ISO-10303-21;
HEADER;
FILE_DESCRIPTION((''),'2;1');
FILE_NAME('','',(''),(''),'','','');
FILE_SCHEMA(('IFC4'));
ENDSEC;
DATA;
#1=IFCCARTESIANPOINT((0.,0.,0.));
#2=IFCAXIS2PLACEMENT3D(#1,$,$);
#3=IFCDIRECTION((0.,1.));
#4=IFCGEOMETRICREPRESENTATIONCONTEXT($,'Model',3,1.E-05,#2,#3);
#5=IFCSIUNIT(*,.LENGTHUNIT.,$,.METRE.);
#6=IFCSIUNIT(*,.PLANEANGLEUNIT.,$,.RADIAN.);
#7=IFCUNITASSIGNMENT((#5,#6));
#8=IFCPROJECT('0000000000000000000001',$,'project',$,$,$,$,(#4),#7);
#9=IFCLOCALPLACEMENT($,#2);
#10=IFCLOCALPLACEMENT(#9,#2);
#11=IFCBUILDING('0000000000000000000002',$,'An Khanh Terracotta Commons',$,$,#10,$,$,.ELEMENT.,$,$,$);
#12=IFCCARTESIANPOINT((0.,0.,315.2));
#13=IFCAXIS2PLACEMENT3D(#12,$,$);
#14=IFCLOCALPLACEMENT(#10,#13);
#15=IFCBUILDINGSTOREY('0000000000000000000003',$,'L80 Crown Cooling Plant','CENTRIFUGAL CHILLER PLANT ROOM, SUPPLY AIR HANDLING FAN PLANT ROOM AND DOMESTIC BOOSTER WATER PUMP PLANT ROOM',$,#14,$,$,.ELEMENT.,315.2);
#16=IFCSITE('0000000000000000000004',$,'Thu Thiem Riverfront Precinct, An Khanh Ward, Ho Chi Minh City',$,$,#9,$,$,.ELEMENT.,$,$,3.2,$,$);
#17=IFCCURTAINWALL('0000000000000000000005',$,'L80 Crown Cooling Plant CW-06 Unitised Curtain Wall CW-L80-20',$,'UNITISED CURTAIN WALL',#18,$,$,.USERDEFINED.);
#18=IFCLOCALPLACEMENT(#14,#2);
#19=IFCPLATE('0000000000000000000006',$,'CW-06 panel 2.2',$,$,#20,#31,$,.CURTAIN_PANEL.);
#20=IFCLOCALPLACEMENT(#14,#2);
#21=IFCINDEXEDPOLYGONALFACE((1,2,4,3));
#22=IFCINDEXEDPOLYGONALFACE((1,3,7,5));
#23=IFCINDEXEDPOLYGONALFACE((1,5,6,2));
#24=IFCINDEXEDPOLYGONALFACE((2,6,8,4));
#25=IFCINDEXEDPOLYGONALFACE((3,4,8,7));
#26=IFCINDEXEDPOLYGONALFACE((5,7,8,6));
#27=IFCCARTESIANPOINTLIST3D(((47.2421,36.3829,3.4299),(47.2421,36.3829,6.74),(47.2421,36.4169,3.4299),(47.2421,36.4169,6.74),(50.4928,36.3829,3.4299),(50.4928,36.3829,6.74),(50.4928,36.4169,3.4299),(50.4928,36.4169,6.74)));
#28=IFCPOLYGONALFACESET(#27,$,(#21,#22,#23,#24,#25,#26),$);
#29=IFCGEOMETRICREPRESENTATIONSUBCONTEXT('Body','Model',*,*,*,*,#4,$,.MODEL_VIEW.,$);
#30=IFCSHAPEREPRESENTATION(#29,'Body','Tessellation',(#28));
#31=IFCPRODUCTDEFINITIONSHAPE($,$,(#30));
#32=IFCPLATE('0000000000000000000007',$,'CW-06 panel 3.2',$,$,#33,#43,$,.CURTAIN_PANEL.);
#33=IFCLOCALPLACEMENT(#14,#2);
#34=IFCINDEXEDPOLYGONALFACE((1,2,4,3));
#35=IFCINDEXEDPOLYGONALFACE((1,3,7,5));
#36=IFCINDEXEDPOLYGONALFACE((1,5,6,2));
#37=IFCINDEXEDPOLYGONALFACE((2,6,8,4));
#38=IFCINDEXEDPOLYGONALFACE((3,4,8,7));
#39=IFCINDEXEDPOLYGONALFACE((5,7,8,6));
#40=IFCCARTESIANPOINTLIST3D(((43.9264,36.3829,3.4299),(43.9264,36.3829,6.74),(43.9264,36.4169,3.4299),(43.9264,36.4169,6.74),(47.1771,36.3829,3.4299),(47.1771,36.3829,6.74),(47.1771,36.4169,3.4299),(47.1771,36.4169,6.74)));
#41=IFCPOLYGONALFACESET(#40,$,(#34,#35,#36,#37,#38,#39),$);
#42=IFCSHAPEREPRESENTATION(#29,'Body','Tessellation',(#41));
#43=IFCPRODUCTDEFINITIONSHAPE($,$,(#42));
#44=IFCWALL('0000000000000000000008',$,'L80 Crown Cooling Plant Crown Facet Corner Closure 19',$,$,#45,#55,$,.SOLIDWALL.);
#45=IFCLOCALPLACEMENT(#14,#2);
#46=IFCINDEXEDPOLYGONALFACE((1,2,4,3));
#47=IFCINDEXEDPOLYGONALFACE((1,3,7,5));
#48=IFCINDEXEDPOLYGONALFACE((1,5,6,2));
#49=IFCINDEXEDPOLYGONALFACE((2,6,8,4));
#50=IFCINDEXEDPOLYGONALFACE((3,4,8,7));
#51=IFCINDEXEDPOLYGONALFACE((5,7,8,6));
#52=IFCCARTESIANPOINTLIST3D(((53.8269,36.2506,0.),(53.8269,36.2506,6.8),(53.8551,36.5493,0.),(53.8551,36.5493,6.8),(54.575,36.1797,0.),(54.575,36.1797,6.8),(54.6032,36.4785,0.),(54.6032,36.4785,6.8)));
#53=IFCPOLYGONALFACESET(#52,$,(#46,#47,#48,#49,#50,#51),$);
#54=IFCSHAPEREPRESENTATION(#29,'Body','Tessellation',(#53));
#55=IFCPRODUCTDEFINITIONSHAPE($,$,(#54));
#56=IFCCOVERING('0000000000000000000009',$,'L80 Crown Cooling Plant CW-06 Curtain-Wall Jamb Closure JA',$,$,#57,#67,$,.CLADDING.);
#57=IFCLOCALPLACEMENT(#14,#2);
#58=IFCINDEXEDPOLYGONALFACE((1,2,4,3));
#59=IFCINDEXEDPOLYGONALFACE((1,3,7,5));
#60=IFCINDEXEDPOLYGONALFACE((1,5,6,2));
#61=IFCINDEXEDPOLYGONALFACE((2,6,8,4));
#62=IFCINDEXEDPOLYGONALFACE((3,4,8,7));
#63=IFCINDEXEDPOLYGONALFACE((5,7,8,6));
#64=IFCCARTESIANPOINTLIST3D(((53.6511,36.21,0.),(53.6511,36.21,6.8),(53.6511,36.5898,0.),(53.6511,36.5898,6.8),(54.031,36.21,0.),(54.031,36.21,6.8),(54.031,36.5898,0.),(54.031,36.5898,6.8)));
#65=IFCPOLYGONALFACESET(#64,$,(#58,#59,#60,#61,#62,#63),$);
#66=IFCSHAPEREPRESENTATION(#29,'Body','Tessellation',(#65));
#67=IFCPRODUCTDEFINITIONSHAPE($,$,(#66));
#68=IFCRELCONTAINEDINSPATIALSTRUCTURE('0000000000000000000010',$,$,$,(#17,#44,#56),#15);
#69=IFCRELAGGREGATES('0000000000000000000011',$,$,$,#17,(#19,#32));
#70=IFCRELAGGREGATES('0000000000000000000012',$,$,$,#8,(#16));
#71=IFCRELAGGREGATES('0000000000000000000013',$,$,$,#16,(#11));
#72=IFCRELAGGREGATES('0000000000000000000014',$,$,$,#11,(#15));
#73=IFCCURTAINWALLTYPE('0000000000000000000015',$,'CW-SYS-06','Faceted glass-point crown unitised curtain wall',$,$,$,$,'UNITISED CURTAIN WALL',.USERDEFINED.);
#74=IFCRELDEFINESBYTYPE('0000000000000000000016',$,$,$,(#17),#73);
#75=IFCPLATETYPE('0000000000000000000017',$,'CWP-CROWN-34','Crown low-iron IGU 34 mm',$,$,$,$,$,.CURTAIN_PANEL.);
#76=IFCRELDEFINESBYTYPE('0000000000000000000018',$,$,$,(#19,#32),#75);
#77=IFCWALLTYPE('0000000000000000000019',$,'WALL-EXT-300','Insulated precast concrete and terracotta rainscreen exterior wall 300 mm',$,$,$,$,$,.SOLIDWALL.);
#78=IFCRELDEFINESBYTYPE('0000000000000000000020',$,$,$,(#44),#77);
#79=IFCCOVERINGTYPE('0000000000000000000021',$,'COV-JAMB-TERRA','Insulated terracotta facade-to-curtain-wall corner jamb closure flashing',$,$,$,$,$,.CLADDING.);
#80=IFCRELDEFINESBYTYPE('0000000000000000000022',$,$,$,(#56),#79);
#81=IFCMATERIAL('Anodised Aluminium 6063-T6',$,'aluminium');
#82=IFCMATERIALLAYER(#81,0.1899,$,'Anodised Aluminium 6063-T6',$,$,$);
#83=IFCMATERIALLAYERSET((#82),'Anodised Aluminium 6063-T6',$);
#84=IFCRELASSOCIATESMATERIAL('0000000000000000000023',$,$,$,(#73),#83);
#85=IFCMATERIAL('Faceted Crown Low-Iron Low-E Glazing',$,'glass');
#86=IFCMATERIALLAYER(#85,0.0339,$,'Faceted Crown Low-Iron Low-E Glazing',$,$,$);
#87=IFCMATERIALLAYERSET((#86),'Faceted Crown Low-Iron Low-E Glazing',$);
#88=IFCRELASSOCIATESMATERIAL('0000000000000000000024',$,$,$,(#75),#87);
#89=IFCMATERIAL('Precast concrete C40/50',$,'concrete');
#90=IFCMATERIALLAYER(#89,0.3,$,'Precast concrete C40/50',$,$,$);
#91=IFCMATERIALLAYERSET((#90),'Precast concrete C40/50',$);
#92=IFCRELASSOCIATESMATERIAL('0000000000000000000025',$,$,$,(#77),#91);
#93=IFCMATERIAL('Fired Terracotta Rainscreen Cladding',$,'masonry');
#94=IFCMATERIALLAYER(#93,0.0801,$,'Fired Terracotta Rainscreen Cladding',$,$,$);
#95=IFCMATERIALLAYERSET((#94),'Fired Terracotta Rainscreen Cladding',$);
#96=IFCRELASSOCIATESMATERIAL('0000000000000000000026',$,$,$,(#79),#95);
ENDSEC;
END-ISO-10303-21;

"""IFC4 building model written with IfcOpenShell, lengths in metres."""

from ifc_helpers import new_model, si_unit, direction, frame, frame_2d, origin, origin_2d, place, context, subcontext, project, spatial, rectangle, extrude, material, layer, layer_set, type_object, element, aggregate, save


model = new_model("IFC4")

# Units and contexts
model_context = context("Model", 3, precision=1e-05, world=origin(), true_north=direction((0.0, 1.0)))
body_context = subcontext(model_context, "Body", "Model", "MODEL_VIEW")
ifc_project = project(units=[si_unit("LENGTHUNIT", "METRE"), si_unit("PLANEANGLEUNIT", "RADIAN")], contexts=[model_context])

# Site, building, storey
site_placement = place(None, origin())
site = spatial("IfcSite", under=ifc_project, at=site_placement, Name="Thu Thiem Riverfront Precinct, An Khanh Ward, Ho Chi Minh City", CompositionType="ELEMENT", RefElevation=3.2)
building_placement = place(site_placement, origin())
building = spatial("IfcBuilding", under=site, at=building_placement, Name="An Khanh Terracotta Commons", CompositionType="ELEMENT")
storey_placement = place(building_placement, frame((0.0, 0.0, 315.2)))
storey = spatial("IfcBuildingStorey", under=building, at=storey_placement, Name="L80 Crown Cooling Plant", Description="CENTRIFUGAL CHILLER PLANT ROOM, SUPPLY AIR HANDLING FAN PLANT ROOM AND DOMESTIC BOOSTER WATER PUMP PLANT ROOM", CompositionType="ELEMENT", Elevation=315.2)

# Curtain wall
ifc_material_1 = material(Name="Anodised Aluminium 6063-T6", Category="aluminium")
ifc_layer_1 = layer(ifc_material_1, 0.1899, Name="Anodised Aluminium 6063-T6")
ifc_layer_set_1 = layer_set([ifc_layer_1], Name="Anodised Aluminium 6063-T6")
curtain_wall_type = type_object("IfcCurtainWallType", Name="CW-SYS-06", Description="Faceted glass-point crown unitised curtain wall", ElementType="UNITISED CURTAIN WALL", PredefinedType="USERDEFINED", material=ifc_layer_set_1)
curtain_wall_placement = place(storey_placement, origin())
curtain_wall = element("IfcCurtainWall", 1, at=curtain_wall_placement, inside=storey, type_object=curtain_wall_type, Name="L80 Crown Cooling Plant CW-06 Unitised Curtain Wall CW-L80-20", ObjectType="UNITISED CURTAIN WALL", PredefinedType="USERDEFINED")

# Plates
ifc_material_2 = material(Name="Faceted Crown Low-Iron Low-E Glazing", Category="glass")
ifc_layer_2 = layer(ifc_material_2, 0.0339, Name="Faceted Crown Low-Iron Low-E Glazing")
ifc_layer_set_2 = layer_set([ifc_layer_2], Name="Faceted Crown Low-Iron Low-E Glazing")
plate_type_1 = type_object("IfcPlateType", Name="CWP-CROWN-34", Description="Crown low-iron IGU 34 mm", PredefinedType="CURTAIN_PANEL", material=ifc_layer_set_2)
plate_1_placement = place(storey_placement, frame((48.8674, 36.3999, 3.4299), z_axis=(0.0, 0.0, 1.0), x_axis=(-1.0, 0.0, 0.0)))
plate_1 = element("IfcPlate", 2, at=plate_1_placement, type_object=plate_type_1, Name="CW-06 panel 2.2", PredefinedType="CURTAIN_PANEL", context=body_context, shape_type="SweptSolid", body=[
    extrude(rectangle(XDim=3.2507, YDim=0.0339, at=origin_2d()), origin(), (0.0, 0.0, 1.0), 3.3101),
])
plate_2_placement = place(storey_placement, frame((45.5518, 36.3999, 3.4299), z_axis=(0.0, 0.0, 1.0), x_axis=(-1.0, 0.0, 0.0)))
plate_2 = element("IfcPlate", 3, at=plate_2_placement, type_object=plate_type_1, Name="CW-06 panel 3.2", PredefinedType="CURTAIN_PANEL", context=body_context, shape_type="SweptSolid", body=[
    extrude(rectangle(XDim=3.2507, YDim=0.0339, at=origin_2d()), origin(), (0.0, 0.0, 1.0), 3.3101),
])
aggregate(curtain_wall, [plate_1, plate_2])

# Wall
ifc_material_3 = material(Name="Precast concrete C40/50", Category="concrete")
ifc_layer_3 = layer(ifc_material_3, 0.3, Name="Precast concrete C40/50")
ifc_layer_set_3 = layer_set([ifc_layer_3], Name="Precast concrete C40/50")
wall_type = type_object("IfcWallType", Name="WALL-EXT-300", Description="Insulated precast concrete and terracotta rainscreen exterior wall 300 mm", PredefinedType="SOLIDWALL", material=ifc_layer_set_3)
wall_placement = place(storey_placement, frame((54.5891, 36.3291, 0.0), z_axis=(0.0, 0.0, 1.0), x_axis=(-0.995551, 0.094226, 0.0)))
element("IfcWall", 4, at=wall_placement, inside=storey, type_object=wall_type, Name="L80 Crown Cooling Plant Crown Facet Corner Closure 19", PredefinedType="SOLIDWALL", context=body_context, shape_type="SweptSolid", body=[
    extrude(rectangle(XDim=0.7515, YDim=0.3, at=frame_2d((0.3757, 0.0))), origin(), (0.0, 0.0, 1.0), 6.8),
])

# Covering
ifc_material_4 = material(Name="Fired Terracotta Rainscreen Cladding", Category="masonry")
ifc_layer_4 = layer(ifc_material_4, 0.0801, Name="Fired Terracotta Rainscreen Cladding")
ifc_layer_set_4 = layer_set([ifc_layer_4], Name="Fired Terracotta Rainscreen Cladding")
covering_type = type_object("IfcCoveringType", Name="COV-JAMB-TERRA", Description="Insulated terracotta facade-to-curtain-wall corner jamb closure flashing", PredefinedType="CLADDING", material=ifc_layer_set_4)
covering_placement = place(storey_placement, frame((53.8411, 36.3999, 0.0), z_axis=(0.0, 0.0, 1.0), x_axis=(1.0, 0.0, 0.0)))
element("IfcCovering", 5, at=covering_placement, inside=storey, type_object=covering_type, Name="L80 Crown Cooling Plant CW-06 Curtain-Wall Jamb Closure JA", PredefinedType="CLADDING", context=body_context, shape_type="SweptSolid", body=[
    extrude(rectangle(XDim=0.3799, YDim=0.3799, at=origin_2d()), origin(), (0.0, 0.0, 1.0), 6.8),
])

save(model, "model.ifc")
